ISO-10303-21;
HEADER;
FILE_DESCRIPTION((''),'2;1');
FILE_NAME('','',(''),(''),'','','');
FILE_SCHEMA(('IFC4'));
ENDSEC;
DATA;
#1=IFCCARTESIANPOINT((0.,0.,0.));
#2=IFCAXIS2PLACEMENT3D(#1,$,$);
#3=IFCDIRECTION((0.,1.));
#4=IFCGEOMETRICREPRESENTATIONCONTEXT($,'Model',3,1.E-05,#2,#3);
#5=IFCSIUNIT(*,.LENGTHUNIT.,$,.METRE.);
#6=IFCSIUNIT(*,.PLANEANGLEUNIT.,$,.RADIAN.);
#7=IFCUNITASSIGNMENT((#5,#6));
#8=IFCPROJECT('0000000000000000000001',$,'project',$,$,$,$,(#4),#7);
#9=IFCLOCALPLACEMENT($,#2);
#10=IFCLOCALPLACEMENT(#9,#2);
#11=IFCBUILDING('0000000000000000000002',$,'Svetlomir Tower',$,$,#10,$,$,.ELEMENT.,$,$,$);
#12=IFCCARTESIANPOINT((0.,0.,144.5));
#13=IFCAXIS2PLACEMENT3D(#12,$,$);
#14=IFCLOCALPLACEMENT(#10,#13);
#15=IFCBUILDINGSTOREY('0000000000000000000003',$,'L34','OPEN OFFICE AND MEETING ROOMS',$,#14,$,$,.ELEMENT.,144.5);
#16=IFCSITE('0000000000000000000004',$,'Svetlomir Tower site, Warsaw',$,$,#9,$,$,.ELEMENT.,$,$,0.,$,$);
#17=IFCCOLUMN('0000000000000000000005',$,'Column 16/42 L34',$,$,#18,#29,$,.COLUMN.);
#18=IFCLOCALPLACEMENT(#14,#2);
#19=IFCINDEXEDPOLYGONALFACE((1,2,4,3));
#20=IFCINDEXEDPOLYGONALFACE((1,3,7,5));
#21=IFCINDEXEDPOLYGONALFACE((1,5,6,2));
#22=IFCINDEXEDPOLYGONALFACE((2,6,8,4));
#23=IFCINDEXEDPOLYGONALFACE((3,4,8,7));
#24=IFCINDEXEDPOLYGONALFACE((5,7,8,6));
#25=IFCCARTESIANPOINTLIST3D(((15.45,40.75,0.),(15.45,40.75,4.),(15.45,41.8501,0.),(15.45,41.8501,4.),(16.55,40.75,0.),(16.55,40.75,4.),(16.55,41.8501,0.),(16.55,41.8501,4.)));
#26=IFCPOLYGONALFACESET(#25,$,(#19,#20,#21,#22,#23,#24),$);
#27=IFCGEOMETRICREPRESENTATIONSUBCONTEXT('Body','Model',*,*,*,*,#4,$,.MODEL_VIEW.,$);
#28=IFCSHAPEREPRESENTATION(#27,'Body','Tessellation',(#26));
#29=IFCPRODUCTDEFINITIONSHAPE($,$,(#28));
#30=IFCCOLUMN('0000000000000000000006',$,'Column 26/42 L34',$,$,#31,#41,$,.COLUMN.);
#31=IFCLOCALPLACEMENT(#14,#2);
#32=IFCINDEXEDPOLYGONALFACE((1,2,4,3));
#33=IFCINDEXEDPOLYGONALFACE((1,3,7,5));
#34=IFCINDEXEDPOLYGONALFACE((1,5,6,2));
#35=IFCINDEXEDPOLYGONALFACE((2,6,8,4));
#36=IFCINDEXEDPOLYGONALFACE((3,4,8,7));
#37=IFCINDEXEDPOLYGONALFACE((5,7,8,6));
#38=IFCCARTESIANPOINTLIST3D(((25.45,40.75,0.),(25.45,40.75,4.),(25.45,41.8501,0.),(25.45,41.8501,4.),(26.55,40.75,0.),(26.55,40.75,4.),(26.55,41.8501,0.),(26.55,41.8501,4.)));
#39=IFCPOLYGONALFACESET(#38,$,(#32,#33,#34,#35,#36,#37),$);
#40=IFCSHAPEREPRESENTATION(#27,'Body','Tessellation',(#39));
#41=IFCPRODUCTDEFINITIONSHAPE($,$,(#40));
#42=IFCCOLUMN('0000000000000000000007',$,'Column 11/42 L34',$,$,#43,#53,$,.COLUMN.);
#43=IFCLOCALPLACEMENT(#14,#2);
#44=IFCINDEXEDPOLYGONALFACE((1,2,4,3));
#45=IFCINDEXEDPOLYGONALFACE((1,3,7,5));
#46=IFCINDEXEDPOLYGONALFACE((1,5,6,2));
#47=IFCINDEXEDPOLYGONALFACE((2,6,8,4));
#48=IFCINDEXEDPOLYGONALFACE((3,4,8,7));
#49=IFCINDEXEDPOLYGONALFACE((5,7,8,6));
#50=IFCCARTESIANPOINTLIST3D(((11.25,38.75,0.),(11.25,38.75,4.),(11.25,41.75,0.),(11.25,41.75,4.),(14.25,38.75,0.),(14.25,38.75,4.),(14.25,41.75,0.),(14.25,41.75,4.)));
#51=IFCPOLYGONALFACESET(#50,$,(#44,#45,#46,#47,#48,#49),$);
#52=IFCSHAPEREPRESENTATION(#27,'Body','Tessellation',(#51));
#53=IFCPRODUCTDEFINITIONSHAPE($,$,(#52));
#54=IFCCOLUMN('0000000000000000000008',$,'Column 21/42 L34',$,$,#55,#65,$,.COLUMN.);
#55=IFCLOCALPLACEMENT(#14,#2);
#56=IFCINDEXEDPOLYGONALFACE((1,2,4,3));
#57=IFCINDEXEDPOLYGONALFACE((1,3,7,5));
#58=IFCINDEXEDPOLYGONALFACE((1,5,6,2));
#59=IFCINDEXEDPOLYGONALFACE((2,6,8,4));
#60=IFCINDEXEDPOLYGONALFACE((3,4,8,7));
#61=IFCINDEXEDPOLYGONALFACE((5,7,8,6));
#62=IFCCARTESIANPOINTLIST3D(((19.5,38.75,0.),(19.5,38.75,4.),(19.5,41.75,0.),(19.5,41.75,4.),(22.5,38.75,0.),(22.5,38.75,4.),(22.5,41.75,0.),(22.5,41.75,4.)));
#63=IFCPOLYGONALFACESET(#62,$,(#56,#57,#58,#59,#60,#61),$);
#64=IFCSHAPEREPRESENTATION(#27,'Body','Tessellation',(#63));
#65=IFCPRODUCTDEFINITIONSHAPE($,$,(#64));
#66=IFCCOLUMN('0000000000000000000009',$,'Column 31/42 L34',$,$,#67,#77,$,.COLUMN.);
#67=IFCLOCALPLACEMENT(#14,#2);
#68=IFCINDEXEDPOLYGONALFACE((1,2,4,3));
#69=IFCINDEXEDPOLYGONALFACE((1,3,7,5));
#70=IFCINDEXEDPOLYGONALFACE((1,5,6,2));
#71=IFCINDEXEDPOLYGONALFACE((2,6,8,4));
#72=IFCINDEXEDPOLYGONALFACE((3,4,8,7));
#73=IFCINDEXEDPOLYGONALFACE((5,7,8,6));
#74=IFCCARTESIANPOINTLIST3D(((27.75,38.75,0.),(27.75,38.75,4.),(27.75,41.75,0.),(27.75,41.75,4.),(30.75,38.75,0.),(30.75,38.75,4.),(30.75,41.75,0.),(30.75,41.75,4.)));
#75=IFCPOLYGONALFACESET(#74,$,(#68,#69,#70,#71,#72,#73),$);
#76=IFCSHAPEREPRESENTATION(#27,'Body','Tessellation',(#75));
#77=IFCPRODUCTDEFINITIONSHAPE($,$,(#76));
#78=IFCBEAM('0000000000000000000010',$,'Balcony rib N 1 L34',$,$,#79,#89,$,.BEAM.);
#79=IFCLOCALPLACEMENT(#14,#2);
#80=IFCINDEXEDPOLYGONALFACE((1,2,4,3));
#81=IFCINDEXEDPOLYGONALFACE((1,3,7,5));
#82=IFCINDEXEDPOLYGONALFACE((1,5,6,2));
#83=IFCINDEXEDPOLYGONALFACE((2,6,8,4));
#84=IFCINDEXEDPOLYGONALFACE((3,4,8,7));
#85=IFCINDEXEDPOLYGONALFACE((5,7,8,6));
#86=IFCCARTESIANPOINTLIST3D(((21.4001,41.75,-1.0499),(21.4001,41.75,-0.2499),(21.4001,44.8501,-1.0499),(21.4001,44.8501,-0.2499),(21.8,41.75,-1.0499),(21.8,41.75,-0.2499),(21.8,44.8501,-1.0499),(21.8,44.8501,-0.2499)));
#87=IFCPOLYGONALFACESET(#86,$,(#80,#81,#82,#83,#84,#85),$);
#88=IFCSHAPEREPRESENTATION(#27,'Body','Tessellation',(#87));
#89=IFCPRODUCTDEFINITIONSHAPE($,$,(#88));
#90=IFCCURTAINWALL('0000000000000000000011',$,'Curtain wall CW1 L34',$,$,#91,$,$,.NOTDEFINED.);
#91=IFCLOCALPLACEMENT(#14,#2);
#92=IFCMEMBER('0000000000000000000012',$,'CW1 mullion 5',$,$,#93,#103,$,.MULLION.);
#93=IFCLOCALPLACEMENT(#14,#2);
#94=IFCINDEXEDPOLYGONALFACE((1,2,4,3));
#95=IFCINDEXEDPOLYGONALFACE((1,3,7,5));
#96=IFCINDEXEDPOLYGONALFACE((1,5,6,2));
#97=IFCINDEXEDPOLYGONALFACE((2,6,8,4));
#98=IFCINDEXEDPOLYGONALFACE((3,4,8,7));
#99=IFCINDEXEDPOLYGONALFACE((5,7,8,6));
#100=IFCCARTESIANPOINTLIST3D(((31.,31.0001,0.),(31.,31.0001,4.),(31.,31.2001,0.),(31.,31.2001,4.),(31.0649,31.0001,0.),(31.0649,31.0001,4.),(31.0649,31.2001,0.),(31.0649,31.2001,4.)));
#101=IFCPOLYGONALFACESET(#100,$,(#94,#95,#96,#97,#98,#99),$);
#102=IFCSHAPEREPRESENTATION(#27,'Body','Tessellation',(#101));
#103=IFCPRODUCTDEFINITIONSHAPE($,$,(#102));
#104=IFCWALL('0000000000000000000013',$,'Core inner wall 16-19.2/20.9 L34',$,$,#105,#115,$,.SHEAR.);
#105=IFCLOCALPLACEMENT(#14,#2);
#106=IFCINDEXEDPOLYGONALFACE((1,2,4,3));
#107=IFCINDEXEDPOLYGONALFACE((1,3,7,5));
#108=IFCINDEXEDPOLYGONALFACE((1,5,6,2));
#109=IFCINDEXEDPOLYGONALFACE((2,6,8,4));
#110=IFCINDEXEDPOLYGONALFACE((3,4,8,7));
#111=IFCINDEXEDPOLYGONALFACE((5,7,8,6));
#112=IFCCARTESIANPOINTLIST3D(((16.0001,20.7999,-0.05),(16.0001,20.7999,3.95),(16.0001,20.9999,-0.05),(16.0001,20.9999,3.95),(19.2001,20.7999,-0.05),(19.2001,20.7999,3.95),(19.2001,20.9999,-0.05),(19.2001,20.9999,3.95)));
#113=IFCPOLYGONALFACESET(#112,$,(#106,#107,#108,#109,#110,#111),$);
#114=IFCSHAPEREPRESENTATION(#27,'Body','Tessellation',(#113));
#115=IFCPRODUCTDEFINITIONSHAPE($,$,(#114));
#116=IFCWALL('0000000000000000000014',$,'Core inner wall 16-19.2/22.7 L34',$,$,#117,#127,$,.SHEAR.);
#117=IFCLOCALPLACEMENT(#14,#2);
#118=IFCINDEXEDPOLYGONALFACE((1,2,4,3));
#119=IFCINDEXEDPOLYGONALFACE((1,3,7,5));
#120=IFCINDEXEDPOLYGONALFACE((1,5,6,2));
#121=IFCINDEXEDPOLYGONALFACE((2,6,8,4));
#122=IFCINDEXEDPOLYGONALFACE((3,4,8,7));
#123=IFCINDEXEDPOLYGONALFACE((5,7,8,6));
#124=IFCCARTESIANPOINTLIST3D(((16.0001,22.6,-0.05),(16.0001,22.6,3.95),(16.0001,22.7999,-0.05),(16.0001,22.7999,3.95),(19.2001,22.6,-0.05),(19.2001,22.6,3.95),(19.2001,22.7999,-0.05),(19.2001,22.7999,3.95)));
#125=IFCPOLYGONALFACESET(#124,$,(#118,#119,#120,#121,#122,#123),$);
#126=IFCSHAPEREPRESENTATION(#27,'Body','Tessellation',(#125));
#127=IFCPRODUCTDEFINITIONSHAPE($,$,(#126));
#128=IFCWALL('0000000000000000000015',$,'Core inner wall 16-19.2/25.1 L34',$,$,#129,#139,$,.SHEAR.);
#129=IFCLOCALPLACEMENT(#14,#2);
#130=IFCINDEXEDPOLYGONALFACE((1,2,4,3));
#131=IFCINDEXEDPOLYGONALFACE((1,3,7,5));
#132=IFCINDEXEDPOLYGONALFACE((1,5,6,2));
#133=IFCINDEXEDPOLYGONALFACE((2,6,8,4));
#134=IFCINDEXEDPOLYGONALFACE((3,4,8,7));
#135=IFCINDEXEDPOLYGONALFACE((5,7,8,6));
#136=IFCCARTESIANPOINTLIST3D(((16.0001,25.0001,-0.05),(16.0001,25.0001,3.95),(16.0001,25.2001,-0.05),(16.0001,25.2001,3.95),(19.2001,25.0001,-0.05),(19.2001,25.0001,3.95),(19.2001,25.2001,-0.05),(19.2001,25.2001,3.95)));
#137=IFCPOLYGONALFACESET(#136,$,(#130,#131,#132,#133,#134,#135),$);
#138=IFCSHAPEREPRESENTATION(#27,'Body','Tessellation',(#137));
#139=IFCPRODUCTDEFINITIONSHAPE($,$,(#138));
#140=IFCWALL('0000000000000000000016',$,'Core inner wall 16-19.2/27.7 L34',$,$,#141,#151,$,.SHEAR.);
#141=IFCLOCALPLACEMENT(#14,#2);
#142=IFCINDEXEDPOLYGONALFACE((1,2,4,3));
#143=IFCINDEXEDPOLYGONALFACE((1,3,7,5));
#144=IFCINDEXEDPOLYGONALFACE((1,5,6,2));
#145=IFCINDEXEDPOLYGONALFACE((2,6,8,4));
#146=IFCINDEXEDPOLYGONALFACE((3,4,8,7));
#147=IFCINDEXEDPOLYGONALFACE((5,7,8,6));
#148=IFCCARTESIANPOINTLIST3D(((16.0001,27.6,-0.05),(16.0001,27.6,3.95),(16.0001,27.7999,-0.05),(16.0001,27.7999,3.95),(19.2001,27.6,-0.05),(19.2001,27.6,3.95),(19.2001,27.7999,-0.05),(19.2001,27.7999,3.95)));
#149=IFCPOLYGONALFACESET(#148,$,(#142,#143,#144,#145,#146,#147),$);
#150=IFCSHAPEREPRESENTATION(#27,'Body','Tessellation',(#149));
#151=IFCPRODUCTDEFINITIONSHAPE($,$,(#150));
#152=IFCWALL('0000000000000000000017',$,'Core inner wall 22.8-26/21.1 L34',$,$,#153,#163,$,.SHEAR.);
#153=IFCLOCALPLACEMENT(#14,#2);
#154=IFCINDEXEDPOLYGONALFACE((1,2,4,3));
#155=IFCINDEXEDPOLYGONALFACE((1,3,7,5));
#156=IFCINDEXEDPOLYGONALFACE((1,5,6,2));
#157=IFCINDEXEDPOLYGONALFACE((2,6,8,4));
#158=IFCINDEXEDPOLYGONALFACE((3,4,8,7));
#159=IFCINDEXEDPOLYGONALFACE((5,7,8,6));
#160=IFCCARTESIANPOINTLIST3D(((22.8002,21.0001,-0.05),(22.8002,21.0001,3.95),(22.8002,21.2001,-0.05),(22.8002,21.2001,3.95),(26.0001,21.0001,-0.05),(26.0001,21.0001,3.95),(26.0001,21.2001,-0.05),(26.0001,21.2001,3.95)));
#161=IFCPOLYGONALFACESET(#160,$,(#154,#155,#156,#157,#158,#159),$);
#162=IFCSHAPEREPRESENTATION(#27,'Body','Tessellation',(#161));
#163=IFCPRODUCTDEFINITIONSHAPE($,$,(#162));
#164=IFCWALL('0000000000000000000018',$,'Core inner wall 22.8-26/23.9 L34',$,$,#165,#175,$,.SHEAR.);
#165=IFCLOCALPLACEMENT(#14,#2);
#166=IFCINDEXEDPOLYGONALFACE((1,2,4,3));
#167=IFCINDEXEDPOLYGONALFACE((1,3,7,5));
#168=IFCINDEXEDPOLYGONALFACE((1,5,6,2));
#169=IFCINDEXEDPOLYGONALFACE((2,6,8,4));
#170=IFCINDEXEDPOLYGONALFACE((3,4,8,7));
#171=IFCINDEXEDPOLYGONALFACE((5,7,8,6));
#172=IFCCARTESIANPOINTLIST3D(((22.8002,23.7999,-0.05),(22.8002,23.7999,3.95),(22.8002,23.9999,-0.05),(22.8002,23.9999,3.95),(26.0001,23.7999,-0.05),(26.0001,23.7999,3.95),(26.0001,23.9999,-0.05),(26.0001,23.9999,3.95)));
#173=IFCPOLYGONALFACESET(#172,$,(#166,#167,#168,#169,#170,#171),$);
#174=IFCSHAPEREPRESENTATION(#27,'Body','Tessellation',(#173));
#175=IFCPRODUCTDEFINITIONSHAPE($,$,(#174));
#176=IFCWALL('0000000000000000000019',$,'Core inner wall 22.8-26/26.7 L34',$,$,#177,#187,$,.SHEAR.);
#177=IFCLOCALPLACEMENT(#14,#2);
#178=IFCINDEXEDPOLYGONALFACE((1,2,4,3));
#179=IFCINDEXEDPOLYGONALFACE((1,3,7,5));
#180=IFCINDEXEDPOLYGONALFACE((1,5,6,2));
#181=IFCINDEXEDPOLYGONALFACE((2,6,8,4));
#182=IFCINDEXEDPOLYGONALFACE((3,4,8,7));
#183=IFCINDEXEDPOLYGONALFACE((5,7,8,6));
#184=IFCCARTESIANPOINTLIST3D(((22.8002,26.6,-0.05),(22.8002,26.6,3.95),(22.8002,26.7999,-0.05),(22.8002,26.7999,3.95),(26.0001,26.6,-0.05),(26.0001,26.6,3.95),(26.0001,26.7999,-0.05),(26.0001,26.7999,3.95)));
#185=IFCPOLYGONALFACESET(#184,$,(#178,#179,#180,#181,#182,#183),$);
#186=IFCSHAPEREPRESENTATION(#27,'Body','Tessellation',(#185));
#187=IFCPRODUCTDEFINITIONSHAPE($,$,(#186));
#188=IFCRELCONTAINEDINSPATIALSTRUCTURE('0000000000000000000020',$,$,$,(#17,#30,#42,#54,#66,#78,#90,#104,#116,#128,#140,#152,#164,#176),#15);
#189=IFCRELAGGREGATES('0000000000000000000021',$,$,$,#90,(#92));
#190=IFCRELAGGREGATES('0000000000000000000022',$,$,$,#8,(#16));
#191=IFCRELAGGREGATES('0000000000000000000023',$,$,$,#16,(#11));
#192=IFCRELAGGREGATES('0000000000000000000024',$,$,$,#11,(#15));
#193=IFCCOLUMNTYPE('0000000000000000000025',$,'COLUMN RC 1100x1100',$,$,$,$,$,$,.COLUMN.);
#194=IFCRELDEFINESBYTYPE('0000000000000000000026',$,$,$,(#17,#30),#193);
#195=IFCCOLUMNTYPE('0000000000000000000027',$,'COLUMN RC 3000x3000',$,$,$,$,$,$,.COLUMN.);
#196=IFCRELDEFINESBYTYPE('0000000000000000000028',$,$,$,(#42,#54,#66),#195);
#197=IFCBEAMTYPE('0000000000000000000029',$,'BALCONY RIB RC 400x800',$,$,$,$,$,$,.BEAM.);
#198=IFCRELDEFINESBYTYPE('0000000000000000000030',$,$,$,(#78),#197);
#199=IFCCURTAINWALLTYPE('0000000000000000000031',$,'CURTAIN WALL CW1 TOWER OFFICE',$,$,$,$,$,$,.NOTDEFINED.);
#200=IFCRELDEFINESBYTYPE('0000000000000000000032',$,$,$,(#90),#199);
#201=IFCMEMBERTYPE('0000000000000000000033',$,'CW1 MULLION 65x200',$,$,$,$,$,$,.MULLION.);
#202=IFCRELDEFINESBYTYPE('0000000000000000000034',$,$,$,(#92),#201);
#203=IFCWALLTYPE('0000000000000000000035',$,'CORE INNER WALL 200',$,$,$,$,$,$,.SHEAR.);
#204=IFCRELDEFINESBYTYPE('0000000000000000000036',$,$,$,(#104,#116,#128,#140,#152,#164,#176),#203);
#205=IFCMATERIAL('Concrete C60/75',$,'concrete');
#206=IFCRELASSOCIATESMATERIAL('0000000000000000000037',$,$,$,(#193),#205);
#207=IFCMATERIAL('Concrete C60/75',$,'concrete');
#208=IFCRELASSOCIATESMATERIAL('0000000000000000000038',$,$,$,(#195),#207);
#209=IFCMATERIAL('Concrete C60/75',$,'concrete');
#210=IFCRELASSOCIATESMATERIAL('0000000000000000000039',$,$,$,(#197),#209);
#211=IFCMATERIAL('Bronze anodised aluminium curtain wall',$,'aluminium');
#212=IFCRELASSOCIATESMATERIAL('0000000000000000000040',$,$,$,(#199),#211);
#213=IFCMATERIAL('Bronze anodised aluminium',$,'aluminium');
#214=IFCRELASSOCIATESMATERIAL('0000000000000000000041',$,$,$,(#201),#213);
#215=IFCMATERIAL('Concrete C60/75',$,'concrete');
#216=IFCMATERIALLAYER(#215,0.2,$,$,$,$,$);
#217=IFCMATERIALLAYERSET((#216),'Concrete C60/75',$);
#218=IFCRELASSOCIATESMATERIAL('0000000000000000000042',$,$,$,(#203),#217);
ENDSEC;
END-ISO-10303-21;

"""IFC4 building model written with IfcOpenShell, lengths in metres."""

from ifc_helpers import new_model, si_unit, direction, frame, frame_2d, origin, origin_2d, place, context, subcontext, project, spatial, rectangle, extrude, material, layer, layer_set, material_profile, profile_set, type_object, element, aggregate, save


model = new_model("IFC4")

# Units and contexts
model_context = context("Model", 3, precision=1e-05, world=origin(), true_north=direction((0.0, 1.0)))
body_context = subcontext(model_context, "Body", "Model", "MODEL_VIEW")
ifc_project = project(units=[si_unit("LENGTHUNIT", "METRE"), si_unit("PLANEANGLEUNIT", "RADIAN")], contexts=[model_context])

# Site, building, storey
site_placement = place(None, origin())
site = spatial("IfcSite", under=ifc_project, at=site_placement, Name="Svetlomir Tower site, Warsaw", CompositionType="ELEMENT", RefElevation=0.0)
building_placement = place(site_placement, origin())
building = spatial("IfcBuilding", under=site, at=building_placement, Name="Svetlomir Tower", CompositionType="ELEMENT")
storey_placement = place(building_placement, frame((0.0, 0.0, 144.5)))
storey = spatial("IfcBuildingStorey", under=building, at=storey_placement, Name="L34", Description="OPEN OFFICE AND MEETING ROOMS", CompositionType="ELEMENT", Elevation=144.5)

# Columns
ifc_material_1 = material(Name="Concrete C60/75", Category="concrete")
ifc_material_profile_1 = material_profile(ifc_material_1, rectangle(XDim=1.1001, YDim=1.1001, at=origin_2d()), Name="RC 1100x1100")
ifc_profile_set_1 = profile_set([ifc_material_profile_1], Name="Concrete C60/75")
column_type_1 = type_object("IfcColumnType", Name="COLUMN RC 1100x1100", PredefinedType="COLUMN", material=ifc_profile_set_1)
for number, where, z_axis, x_axis, name in (
    (1, (16.0, 41.3, 0.0), (0.0, 0.0, 1.0), (1.0, 0.0, 0.0), "Column 16/42 L34"),
    (2, (26.0, 41.3, 0.0), (0.0, 0.0, 1.0), (1.0, 0.0, 0.0), "Column 26/42 L34"),
):
    element("IfcColumn", number, at=place(storey_placement, frame(where, z_axis=z_axis, x_axis=x_axis)), inside=storey, type_object=column_type_1, Name=name, PredefinedType="COLUMN", context=body_context, shape_type="SweptSolid", body=[
        extrude(rectangle(XDim=1.1001, YDim=1.1001, at=origin_2d()), origin(), (0.0, 0.0, 1.0), 4.0),
    ])
ifc_material_2 = material(Name="Concrete C60/75", Category="concrete")
ifc_material_profile_2 = material_profile(ifc_material_2, rectangle(XDim=3.0, YDim=3.0, at=origin_2d()), Name="RC 3000x3000")
ifc_profile_set_2 = profile_set([ifc_material_profile_2], Name="Concrete C60/75")
column_type_2 = type_object("IfcColumnType", Name="COLUMN RC 3000x3000", PredefinedType="COLUMN", material=ifc_profile_set_2)
for number, where, z_axis, x_axis, name in (
    (3, (12.75, 40.25, 0.0), (0.0, 0.0, 1.0), (1.0, 0.0, 0.0), "Column 11/42 L34"),
    (4, (21.0, 40.25, 0.0), (0.0, 0.0, 1.0), (1.0, 0.0, 0.0), "Column 21/42 L34"),
    (5, (29.25, 40.25, 0.0), (0.0, 0.0, 1.0), (1.0, 0.0, 0.0), "Column 31/42 L34"),
):
    element("IfcColumn", number, at=place(storey_placement, frame(where, z_axis=z_axis, x_axis=x_axis)), inside=storey, type_object=column_type_2, Name=name, PredefinedType="COLUMN", context=body_context, shape_type="SweptSolid", body=[
        extrude(rectangle(XDim=3.0, YDim=3.0, at=origin_2d()), origin(), (0.0, 0.0, 1.0), 4.0),
    ])

# Beam
ifc_material_3 = material(Name="Concrete C60/75", Category="concrete")
ifc_material_profile_3 = material_profile(ifc_material_3, rectangle(XDim=0.3999, YDim=0.8, at=origin_2d()), Name="RC 400x800")
ifc_profile_set_3 = profile_set([ifc_material_profile_3], Name="Concrete C60/75")
beam_type = type_object("IfcBeamType", Name="BALCONY RIB RC 400x800", PredefinedType="BEAM", material=ifc_profile_set_3)
beam_placement = place(storey_placement, frame((21.6001, 41.75, -0.6499), z_axis=(0.0, 1.0, 0.0), x_axis=(-1.0, 0.0, 0.0)))
element("IfcBeam", 6, at=beam_placement, inside=storey, type_object=beam_type, Name="Balcony rib N 1 L34", PredefinedType="BEAM", context=body_context, shape_type="SweptSolid", body=[
    extrude(rectangle(XDim=0.3999, YDim=0.8, at=origin_2d()), origin(), (0.0, 0.0, 1.0), 3.1001),
])

# Curtain wall, member
ifc_material_4 = material(Name="Bronze anodised aluminium curtain wall", Category="aluminium")
curtain_wall_type = type_object("IfcCurtainWallType", Name="CURTAIN WALL CW1 TOWER OFFICE", PredefinedType="NOTDEFINED", material=ifc_material_4)
curtain_wall_placement = place(storey_placement, origin())
curtain_wall = element("IfcCurtainWall", 7, at=curtain_wall_placement, inside=storey, type_object=curtain_wall_type, Name="Curtain wall CW1 L34", PredefinedType="NOTDEFINED")
ifc_material_5 = material(Name="Bronze anodised aluminium", Category="aluminium")
ifc_material_profile_4 = material_profile(ifc_material_5, rectangle(XDim=0.0649, YDim=0.2, at=origin_2d()), Name="AL 65x200")
ifc_profile_set_4 = profile_set([ifc_material_profile_4], Name="Bronze anodised aluminium 6063-T6")
member_type = type_object("IfcMemberType", Name="CW1 MULLION 65x200", PredefinedType="MULLION", material=ifc_profile_set_4)
member_placement = place(storey_placement, frame((31.0325, 31.1001, 0.0), z_axis=(0.0, 0.0, 1.0), x_axis=(-1.0, 0.0, 0.0)))
member = element("IfcMember", 8, at=member_placement, type_object=member_type, Name="CW1 mullion 5", PredefinedType="MULLION", context=body_context, shape_type="SweptSolid", body=[
    extrude(rectangle(XDim=0.0649, YDim=0.2, at=origin_2d()), origin(), (0.0, 0.0, 1.0), 4.0),
])
aggregate(curtain_wall, [member])

# Walls
ifc_material_6 = material(Name="Concrete C60/75", Category="concrete")
ifc_layer_1 = layer(ifc_material_6, 0.2)
ifc_layer_set_1 = layer_set([ifc_layer_1], Name="Concrete C60/75")
wall_type_1 = type_object("IfcWallType", Name="CORE INNER WALL 200", PredefinedType="SHEAR", material=ifc_layer_set_1)
for number, where, z_axis, x_axis, name in (
    (9, (16.0, 20.8999, -0.05), (0.0, 0.0, 1.0), (1.0, 0.0, 0.0), "Core inner wall 16-19.2/20.9 L34"),
    (10, (16.0, 22.7, -0.05), (0.0, 0.0, 1.0), (1.0, 0.0, 0.0), "Core inner wall 16-19.2/22.7 L34"),
    (11, (16.0, 25.1001, -0.05), (0.0, 0.0, 1.0), (1.0, 0.0, 0.0), "Core inner wall 16-19.2/25.1 L34"),
    (12, (16.0, 27.7, -0.05), (0.0, 0.0, 1.0), (1.0, 0.0, 0.0), "Core inner wall 16-19.2/27.7 L34"),
    (13, (22.8, 21.1001, -0.05), (0.0, 0.0, 1.0), (1.0, 0.0, 0.0), "Core inner wall 22.8-26/21.1 L34"),
    (14, (22.8, 23.8999, -0.05), (0.0, 0.0, 1.0), (1.0, 0.0, 0.0), "Core inner wall 22.8-26/23.9 L34"),
    (15, (22.8, 26.7, -0.05), (0.0, 0.0, 1.0), (1.0, 0.0, 0.0), "Core inner wall 22.8-26/26.7 L34"),
):
    element("IfcWall", number, at=place(storey_placement, frame(where, z_axis=z_axis, x_axis=x_axis)), inside=storey, type_object=wall_type_1, Name=name, PredefinedType="SHEAR", context=body_context, shape_type="SweptSolid", body=[
        extrude(rectangle(XDim=3.2, YDim=0.2, at=frame_2d((1.6001, 0.0))), origin(), (0.0, 0.0, 1.0), 4.0),
    ])

save(model, "model.ifc")
